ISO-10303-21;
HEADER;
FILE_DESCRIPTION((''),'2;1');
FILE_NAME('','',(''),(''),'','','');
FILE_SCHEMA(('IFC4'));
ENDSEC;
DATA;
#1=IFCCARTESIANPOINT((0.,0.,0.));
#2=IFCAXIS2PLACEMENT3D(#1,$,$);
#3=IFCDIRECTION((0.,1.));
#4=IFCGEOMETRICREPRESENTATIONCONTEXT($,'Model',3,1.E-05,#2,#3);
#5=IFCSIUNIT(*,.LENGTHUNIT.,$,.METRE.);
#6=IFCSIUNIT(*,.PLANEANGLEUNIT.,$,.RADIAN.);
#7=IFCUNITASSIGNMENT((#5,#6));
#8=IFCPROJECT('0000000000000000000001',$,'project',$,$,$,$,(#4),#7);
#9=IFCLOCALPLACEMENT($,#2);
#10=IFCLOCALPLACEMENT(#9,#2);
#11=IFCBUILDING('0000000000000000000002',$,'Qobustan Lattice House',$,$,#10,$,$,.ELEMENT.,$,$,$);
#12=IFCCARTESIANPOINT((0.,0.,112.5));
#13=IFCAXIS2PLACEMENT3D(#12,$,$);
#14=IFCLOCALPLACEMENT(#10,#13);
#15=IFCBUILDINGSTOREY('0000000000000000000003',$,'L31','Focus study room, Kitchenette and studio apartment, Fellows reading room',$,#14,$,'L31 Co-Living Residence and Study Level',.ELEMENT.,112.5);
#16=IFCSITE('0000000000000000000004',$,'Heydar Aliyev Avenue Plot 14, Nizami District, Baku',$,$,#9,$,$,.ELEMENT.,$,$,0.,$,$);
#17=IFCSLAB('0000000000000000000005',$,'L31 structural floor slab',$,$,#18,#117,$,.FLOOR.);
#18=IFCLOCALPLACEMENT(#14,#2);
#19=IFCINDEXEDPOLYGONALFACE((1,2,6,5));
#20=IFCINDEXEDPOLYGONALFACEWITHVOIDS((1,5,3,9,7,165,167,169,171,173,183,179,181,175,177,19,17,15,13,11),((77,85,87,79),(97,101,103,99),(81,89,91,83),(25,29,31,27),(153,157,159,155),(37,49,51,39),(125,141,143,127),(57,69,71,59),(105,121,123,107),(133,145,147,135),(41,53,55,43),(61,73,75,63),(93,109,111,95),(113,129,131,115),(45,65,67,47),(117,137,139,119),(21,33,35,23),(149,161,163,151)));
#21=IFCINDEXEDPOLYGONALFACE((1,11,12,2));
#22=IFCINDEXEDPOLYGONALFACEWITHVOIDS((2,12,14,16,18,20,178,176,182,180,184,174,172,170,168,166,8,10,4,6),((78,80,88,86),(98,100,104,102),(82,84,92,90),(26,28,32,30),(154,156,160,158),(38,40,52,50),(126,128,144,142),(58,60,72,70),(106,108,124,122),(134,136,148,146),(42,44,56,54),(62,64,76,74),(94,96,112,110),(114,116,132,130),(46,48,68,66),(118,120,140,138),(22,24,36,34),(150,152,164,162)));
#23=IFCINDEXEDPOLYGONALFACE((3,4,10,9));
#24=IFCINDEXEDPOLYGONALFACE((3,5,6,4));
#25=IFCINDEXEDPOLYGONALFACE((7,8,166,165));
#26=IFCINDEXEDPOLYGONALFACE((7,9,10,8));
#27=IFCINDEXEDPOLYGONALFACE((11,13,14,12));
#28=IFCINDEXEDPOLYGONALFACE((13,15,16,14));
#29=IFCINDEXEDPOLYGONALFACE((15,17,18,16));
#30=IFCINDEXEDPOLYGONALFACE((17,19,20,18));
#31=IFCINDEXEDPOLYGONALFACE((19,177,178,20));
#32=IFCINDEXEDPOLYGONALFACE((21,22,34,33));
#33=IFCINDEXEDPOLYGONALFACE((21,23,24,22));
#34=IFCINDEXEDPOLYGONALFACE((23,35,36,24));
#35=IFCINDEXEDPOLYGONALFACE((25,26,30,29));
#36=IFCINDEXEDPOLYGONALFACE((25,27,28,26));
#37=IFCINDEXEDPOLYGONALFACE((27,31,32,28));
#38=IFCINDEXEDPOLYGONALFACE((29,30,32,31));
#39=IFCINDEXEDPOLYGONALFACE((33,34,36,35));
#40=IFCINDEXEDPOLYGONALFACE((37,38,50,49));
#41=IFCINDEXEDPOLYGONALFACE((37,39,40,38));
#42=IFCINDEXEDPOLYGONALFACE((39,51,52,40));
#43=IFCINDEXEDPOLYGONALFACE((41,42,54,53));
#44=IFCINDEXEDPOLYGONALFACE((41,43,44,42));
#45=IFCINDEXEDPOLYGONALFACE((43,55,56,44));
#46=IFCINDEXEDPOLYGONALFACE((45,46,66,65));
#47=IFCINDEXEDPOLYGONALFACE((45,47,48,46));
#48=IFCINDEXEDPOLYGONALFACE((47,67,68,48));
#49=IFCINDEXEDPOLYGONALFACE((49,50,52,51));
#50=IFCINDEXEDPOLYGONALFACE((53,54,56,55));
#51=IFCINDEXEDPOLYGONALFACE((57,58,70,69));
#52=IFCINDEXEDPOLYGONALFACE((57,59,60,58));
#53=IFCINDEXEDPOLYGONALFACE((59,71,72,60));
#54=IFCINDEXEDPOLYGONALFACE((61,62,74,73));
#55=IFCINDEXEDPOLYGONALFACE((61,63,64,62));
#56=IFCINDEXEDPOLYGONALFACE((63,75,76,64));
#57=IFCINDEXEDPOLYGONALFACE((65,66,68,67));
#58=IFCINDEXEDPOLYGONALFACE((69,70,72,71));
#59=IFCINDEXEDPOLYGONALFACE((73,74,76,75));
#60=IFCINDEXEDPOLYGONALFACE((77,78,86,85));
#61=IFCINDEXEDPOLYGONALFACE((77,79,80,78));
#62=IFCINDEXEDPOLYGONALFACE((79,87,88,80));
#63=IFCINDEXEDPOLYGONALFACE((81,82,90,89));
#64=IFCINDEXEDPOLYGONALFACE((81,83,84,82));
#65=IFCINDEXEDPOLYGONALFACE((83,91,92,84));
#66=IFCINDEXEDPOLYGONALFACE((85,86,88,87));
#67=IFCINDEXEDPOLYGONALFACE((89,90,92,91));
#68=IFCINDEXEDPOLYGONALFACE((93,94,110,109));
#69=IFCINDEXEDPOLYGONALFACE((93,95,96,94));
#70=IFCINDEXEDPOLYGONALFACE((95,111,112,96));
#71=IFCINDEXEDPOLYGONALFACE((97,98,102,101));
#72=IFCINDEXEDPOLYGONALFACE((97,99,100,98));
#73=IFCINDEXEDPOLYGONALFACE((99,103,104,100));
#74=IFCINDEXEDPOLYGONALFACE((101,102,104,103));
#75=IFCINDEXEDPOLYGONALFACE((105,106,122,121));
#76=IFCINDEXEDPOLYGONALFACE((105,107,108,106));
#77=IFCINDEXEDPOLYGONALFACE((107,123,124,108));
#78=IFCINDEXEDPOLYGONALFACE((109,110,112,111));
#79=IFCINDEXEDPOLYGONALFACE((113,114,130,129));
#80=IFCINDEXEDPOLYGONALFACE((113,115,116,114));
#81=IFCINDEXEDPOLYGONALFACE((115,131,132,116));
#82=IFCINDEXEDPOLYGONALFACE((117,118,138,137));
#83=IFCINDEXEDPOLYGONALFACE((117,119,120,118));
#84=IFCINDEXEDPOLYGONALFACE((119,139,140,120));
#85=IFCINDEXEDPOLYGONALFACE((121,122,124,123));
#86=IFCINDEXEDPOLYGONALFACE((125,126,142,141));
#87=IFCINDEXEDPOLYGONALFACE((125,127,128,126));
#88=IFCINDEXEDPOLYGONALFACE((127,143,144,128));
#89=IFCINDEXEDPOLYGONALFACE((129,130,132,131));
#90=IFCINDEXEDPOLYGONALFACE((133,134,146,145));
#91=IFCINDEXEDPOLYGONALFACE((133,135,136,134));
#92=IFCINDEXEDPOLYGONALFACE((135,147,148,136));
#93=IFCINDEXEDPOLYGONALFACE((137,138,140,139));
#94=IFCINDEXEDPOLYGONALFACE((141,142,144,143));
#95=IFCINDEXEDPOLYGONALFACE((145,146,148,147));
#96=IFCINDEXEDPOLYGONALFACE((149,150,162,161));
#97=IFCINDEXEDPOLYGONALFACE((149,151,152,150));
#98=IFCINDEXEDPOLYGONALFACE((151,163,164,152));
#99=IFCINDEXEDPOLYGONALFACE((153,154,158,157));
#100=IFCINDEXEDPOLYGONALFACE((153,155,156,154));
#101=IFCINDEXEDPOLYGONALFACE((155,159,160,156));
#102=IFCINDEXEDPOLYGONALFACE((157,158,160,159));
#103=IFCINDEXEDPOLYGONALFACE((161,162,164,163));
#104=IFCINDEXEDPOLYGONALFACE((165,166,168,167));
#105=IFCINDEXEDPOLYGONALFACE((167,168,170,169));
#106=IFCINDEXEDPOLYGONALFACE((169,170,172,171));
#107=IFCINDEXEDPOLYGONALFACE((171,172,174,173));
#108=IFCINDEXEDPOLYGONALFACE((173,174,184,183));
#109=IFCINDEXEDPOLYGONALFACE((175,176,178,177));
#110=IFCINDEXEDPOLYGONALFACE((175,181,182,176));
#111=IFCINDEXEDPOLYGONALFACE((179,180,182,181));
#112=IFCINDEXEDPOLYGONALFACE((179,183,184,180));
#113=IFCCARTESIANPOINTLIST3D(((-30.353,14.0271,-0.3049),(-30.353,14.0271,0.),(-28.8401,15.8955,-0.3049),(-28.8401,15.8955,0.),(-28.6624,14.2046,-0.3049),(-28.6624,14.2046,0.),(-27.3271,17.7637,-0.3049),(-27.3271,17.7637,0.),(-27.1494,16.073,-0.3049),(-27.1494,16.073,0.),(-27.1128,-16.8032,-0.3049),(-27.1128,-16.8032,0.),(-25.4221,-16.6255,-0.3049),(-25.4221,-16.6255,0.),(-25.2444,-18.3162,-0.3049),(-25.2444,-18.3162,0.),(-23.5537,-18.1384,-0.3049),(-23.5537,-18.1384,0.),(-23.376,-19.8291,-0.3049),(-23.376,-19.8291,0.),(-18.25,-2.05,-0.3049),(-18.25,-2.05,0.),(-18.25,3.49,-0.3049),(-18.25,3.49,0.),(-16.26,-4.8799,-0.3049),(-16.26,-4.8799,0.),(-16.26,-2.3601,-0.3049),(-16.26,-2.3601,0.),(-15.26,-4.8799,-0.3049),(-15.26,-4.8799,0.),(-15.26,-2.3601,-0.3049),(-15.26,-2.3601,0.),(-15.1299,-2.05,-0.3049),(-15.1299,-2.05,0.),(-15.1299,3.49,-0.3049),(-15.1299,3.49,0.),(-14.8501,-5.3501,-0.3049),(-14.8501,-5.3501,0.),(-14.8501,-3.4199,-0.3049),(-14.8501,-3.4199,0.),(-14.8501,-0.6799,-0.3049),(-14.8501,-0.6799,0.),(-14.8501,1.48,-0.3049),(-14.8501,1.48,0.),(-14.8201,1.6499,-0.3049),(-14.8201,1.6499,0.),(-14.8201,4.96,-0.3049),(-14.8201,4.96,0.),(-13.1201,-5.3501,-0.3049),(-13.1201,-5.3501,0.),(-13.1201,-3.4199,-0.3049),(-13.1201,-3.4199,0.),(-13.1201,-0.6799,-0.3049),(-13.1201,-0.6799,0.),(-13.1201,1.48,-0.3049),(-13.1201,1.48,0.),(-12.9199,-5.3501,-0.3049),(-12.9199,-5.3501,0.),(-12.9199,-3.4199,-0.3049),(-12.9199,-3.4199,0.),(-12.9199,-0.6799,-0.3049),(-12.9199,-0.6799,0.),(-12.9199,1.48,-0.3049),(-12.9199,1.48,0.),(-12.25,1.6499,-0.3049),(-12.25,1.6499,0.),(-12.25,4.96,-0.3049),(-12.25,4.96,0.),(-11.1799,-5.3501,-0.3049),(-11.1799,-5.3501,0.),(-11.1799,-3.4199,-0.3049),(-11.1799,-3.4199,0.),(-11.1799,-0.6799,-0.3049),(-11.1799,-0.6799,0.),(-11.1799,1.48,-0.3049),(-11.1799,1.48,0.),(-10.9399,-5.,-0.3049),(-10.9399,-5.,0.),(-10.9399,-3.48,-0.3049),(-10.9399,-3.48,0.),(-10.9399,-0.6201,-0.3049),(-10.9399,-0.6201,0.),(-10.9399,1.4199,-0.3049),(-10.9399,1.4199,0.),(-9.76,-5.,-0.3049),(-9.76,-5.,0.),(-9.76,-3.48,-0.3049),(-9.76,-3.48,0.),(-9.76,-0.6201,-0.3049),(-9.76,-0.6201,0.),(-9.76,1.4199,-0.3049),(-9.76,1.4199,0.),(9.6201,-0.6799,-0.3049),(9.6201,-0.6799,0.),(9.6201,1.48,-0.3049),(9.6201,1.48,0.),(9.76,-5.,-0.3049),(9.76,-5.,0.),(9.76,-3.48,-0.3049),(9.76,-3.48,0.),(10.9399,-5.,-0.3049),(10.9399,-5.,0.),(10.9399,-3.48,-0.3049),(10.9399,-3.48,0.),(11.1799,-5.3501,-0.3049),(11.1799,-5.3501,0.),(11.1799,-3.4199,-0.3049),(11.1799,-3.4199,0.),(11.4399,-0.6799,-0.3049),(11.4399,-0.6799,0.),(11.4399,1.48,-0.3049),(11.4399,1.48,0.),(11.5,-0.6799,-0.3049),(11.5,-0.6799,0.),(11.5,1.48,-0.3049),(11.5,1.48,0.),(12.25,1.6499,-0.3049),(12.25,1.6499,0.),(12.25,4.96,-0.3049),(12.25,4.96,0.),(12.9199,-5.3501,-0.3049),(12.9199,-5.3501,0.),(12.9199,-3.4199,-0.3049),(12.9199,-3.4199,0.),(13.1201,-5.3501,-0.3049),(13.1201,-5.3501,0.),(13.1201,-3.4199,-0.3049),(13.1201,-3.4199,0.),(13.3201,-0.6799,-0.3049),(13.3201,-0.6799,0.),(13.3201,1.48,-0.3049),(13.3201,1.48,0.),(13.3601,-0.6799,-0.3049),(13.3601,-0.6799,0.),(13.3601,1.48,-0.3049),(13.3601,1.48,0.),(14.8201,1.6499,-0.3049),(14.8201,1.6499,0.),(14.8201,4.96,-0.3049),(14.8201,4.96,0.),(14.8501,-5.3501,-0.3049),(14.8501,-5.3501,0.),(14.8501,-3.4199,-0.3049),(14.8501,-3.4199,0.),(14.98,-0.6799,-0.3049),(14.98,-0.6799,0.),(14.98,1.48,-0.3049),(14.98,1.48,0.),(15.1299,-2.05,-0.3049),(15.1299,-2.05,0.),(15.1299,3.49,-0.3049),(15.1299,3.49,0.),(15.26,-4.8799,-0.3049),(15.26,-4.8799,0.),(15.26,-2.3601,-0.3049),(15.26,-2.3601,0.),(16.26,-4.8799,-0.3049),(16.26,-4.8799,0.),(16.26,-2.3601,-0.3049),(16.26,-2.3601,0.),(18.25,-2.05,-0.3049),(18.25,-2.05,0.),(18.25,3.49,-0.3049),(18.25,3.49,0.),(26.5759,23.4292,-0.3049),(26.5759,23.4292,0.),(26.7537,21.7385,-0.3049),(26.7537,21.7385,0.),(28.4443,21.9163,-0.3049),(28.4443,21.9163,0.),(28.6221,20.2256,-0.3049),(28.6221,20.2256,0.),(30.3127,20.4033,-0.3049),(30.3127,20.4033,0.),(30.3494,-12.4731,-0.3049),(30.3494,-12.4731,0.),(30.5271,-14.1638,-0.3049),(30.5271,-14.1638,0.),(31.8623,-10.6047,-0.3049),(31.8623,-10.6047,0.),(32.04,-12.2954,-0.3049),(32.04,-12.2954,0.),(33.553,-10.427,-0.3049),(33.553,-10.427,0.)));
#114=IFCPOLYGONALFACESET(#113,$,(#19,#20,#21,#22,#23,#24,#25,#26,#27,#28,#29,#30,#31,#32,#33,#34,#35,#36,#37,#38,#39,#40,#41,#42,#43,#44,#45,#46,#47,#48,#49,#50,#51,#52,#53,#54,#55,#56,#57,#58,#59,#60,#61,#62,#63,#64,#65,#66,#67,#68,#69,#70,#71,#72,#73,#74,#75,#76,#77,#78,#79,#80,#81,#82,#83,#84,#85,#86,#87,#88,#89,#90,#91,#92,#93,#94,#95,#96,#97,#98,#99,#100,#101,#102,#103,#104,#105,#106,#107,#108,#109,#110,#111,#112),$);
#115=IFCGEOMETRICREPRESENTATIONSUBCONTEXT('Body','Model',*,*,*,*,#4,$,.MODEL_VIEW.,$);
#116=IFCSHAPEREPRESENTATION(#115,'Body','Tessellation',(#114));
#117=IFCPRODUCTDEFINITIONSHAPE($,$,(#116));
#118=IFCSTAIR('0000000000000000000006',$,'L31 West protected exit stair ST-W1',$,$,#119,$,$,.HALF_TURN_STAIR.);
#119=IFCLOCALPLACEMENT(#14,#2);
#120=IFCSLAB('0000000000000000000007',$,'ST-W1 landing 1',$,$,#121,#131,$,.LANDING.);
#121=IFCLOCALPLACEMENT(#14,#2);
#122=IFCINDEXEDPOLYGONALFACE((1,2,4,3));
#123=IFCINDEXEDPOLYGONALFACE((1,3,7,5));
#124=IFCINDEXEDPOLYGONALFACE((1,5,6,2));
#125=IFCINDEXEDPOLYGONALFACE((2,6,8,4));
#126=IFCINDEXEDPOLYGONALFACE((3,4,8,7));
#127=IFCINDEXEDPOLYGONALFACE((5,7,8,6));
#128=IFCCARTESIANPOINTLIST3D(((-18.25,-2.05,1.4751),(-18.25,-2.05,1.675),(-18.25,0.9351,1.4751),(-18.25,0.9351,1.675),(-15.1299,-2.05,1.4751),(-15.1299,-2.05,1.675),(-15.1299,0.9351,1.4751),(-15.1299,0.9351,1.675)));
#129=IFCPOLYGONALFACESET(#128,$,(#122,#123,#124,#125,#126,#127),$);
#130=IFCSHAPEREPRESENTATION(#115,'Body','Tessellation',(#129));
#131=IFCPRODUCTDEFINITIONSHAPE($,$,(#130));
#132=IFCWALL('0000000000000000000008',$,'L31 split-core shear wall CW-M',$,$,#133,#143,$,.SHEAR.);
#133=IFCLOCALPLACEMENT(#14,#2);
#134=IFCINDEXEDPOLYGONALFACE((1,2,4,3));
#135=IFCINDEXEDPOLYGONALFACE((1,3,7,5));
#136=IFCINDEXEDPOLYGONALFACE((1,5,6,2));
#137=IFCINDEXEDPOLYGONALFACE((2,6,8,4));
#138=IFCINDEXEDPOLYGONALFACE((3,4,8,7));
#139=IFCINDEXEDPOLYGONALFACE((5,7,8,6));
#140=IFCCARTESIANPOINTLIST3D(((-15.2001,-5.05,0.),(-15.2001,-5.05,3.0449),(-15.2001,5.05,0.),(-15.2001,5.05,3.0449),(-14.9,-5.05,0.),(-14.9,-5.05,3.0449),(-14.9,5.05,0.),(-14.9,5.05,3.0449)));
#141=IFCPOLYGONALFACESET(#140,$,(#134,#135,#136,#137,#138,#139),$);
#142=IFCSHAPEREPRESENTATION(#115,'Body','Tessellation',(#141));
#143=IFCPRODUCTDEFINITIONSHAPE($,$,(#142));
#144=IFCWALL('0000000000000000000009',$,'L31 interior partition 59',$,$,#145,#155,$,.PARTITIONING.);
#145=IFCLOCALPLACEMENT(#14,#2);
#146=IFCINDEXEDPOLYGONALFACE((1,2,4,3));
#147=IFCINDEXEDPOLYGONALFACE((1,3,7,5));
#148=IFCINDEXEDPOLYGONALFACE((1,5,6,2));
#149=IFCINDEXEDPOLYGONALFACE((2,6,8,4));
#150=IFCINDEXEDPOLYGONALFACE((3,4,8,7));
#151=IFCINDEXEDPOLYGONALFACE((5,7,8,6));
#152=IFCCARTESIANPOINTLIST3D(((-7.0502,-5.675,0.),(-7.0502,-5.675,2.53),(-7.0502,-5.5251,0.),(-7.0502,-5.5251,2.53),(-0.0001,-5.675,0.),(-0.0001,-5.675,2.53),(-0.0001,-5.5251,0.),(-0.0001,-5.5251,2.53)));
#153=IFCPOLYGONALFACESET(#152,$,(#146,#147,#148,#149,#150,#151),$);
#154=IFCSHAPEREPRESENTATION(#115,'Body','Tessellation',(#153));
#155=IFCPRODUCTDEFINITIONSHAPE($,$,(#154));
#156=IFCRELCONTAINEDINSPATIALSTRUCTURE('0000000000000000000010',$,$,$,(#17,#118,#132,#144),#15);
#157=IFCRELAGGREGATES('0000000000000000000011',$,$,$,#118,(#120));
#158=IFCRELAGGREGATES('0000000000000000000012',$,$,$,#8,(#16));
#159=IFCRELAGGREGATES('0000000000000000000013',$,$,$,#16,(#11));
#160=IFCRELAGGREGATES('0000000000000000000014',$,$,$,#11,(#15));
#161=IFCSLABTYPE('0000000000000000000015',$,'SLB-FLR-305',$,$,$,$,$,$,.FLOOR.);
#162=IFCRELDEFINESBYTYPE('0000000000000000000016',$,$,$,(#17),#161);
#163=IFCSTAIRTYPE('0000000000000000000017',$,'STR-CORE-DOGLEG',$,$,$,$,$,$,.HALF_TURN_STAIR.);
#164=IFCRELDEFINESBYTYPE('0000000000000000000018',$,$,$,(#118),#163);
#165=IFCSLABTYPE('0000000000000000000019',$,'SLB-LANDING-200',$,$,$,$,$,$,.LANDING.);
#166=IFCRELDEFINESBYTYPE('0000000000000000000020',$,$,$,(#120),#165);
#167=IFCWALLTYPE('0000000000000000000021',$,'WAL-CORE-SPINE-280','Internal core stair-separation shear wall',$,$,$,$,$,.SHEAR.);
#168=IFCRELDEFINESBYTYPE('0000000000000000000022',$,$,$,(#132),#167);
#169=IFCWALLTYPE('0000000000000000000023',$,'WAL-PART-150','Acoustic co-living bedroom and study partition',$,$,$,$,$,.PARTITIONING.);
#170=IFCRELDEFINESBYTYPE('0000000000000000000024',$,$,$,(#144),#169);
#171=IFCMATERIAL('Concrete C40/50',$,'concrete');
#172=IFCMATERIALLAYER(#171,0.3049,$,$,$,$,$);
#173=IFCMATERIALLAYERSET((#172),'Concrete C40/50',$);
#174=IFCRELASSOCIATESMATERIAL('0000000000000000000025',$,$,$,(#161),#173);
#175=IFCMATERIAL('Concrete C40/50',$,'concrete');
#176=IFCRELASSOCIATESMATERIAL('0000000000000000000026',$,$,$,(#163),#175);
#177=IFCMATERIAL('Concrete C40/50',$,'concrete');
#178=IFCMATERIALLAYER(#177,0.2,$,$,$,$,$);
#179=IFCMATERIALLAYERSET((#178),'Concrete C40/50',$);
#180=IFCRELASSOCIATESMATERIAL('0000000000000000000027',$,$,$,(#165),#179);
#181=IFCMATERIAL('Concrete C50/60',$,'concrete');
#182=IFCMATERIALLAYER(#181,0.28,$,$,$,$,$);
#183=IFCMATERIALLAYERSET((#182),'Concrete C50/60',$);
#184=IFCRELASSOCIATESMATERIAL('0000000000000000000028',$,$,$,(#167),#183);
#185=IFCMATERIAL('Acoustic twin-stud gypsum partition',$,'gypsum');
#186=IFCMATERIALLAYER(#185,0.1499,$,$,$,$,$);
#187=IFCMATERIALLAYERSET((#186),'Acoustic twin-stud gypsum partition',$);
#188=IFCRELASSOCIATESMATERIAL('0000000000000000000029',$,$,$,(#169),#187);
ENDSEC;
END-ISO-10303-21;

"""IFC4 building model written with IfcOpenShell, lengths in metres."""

from ifc_helpers import new_model, si_unit, direction, frame, frame_2d, origin, place, context, subcontext, project, spatial, polyline, rectangle, outline, extrude, material, layer, layer_set, type_object, element, aggregate, save


model = new_model("IFC4")

# Units and contexts
model_context = context("Model", 3, precision=1e-05, world=origin(), true_north=direction((0.0, 1.0)))
body_context = subcontext(model_context, "Body", "Model", "MODEL_VIEW")
ifc_project = project(units=[si_unit("LENGTHUNIT", "METRE"), si_unit("PLANEANGLEUNIT", "RADIAN")], contexts=[model_context])

# Site, building, storey
site_placement = place(None, origin())
site = spatial("IfcSite", under=ifc_project, at=site_placement, Name="Heydar Aliyev Avenue Plot 14, Nizami District, Baku", CompositionType="ELEMENT", RefElevation=0.0)
building_placement = place(site_placement, origin())
building = spatial("IfcBuilding", under=site, at=building_placement, Name="Qobustan Lattice House", CompositionType="ELEMENT")
storey_placement = place(building_placement, frame((0.0, 0.0, 112.5)))
storey = spatial("IfcBuildingStorey", under=building, at=storey_placement, Name="L31", Description="Focus study room, Kitchenette and studio apartment, Fellows reading room", LongName="L31 Co-Living Residence and Study Level", CompositionType="ELEMENT", Elevation=112.5)

# Slab
ifc_material_1 = material(Name="Concrete C40/50", Category="concrete")
ifc_layer_1 = layer(ifc_material_1, 0.3049)
ifc_layer_set_1 = layer_set([ifc_layer_1], Name="Concrete C40/50")
slab_type_1 = type_object("IfcSlabType", Name="SLB-FLR-305", PredefinedType="FLOOR", material=ifc_layer_set_1)
slab_1_placement = place(storey_placement, frame((0.0, 0.0, -0.3049)))
element("IfcSlab", 1, at=slab_1_placement, inside=storey, type_object=slab_type_1, Name="L31 structural floor slab", PredefinedType="FLOOR", context=body_context, shape_type="SweptSolid", body=[
    extrude(outline(polyline([(-23.376, -19.8291), (30.5271, -14.1638), (30.3494, -12.4731), (32.04, -12.2954), (31.8623, -10.6047), (33.553, -10.427), (30.3127, 20.4033), (28.6221, 20.2256), (28.4443, 21.9163), (26.7537, 21.7385), (26.5759, 23.4292), (-27.3271, 17.7637), (-27.1494, 16.073), (-28.8401, 15.8955), (-28.6624, 14.2046), (-30.353, 14.0271), (-27.1128, -16.8032), (-25.4221, -16.6255), (-25.2444, -18.3162), (-23.5537, -18.1384), (-23.376, -19.8291)]), holes=[polyline([(-18.25, -2.05), (-18.25, 3.49), (-15.1299, 3.49), (-15.1299, -2.05), (-18.25, -2.05)]), polyline([(15.1299, -2.05), (15.1299, 3.49), (18.25, 3.49), (18.25, -2.05), (15.1299, -2.05)]), polyline([(-14.8201, 1.6499), (-14.8201, 4.96), (-12.25, 4.96), (-12.25, 1.6499), (-14.8201, 1.6499)]), polyline([(12.25, 1.6499), (12.25, 4.96), (14.8201, 4.96), (14.8201, 1.6499), (12.25, 1.6499)]), polyline([(-16.26, -4.8799), (-16.26, -2.3601), (-15.26, -2.3601), (-15.26, -4.8799), (-16.26, -4.8799)]), polyline([(15.26, -4.8799), (15.26, -2.3601), (16.26, -2.3601), (16.26, -4.8799), (15.26, -4.8799)]), polyline([(-14.8501, -5.3501), (-14.8501, -3.4199), (-13.1201, -3.4199), (-13.1201, -5.3501), (-14.8501, -5.3501)]), polyline([(-12.9199, -5.3501), (-12.9199, -3.4199), (-11.1799, -3.4199), (-11.1799, -5.3501), (-12.9199, -5.3501)]), polyline([(-14.8501, -0.6799), (-14.8501, 1.48), (-13.1201, 1.48), (-13.1201, -0.6799), (-14.8501, -0.6799)]), polyline([(-12.9199, -0.6799), (-12.9199, 1.48), (-11.1799, 1.48), (-11.1799, -0.6799), (-12.9199, -0.6799)]), polyline([(-10.9399, -5.0), (-10.9399, -3.48), (-9.76, -3.48), (-9.76, -5.0), (-10.9399, -5.0)]), polyline([(-10.9399, -0.6201), (-10.9399, 1.4199), (-9.76, 1.4199), (-9.76, -0.6201), (-10.9399, -0.6201)]), polyline([(11.1799, -5.3501), (11.1799, -3.4199), (12.9199, -3.4199), (12.9199, -5.3501), (11.1799, -5.3501)]), polyline([(13.1201, -5.3501), (13.1201, -3.4199), (14.8501, -3.4199), (14.8501, -5.3501), (13.1201, -5.3501)]), polyline([(9.76, -5.0), (9.76, -3.48), (10.9399, -3.48), (10.9399, -5.0), (9.76, -5.0)]), polyline([(13.3601, -0.6799), (13.3601, 1.48), (14.98, 1.48), (14.98, -0.6799), (13.3601, -0.6799)]), polyline([(9.6201, -0.6799), (9.6201, 1.48), (11.4399, 1.48), (11.4399, -0.6799), (9.6201, -0.6799)]), polyline([(11.5, -0.6799), (11.5, 1.48), (13.3201, 1.48), (13.3201, -0.6799), (11.5, -0.6799)])]), origin(), (0.0, 0.0, 1.0), 0.3049),
])

# Stair, slab
ifc_material_2 = material(Name="Concrete C40/50", Category="concrete")
stair_type = type_object("IfcStairType", Name="STR-CORE-DOGLEG", PredefinedType="HALF_TURN_STAIR", material=ifc_material_2)
stair_placement = place(storey_placement, origin())
stair = element("IfcStair", 2, at=stair_placement, inside=storey, type_object=stair_type, Name="L31 West protected exit stair ST-W1", PredefinedType="HALF_TURN_STAIR")
ifc_material_3 = material(Name="Concrete C40/50", Category="concrete")
ifc_layer_2 = layer(ifc_material_3, 0.2)
ifc_layer_set_2 = layer_set([ifc_layer_2], Name="Concrete C40/50")
slab_type_2 = type_object("IfcSlabType", Name="SLB-LANDING-200", PredefinedType="LANDING", material=ifc_layer_set_2)
slab_2_placement = place(storey_placement, frame((0.0, 0.0, 1.4751)))
slab_2 = element("IfcSlab", 3, at=slab_2_placement, type_object=slab_type_2, Name="ST-W1 landing 1", PredefinedType="LANDING", context=body_context, shape_type="SweptSolid", body=[
    extrude(outline(polyline([(-18.25, 0.9351), (-18.25, -2.05), (-15.1299, -2.05), (-15.1299, 0.9351), (-18.25, 0.9351)])), origin(), (0.0, 0.0, 1.0), 0.2),
])
aggregate(stair, [slab_2])

# Walls
ifc_material_4 = material(Name="Concrete C50/60", Category="concrete")
ifc_layer_3 = layer(ifc_material_4, 0.28)
ifc_layer_set_3 = layer_set([ifc_layer_3], Name="Concrete C50/60")
wall_type_1 = type_object("IfcWallType", Name="WAL-CORE-SPINE-280", Description="Internal core stair-separation shear wall", PredefinedType="SHEAR", material=ifc_layer_set_3)
wall_1_placement = place(storey_placement, frame((-15.05, -5.05, 0.0), z_axis=(0.0, 0.0, 1.0), x_axis=(0.0, 1.0, 0.0)))
element("IfcWall", 4, at=wall_1_placement, inside=storey, type_object=wall_type_1, Name="L31 split-core shear wall CW-M", PredefinedType="SHEAR", context=body_context, shape_type="SweptSolid", body=[
    extrude(rectangle(XDim=10.1001, YDim=0.3, at=frame_2d((5.05, 0.0))), origin(), (0.0, 0.0, 1.0), 3.0449),
])
ifc_material_5 = material(Name="Acoustic twin-stud gypsum partition", Category="gypsum")
ifc_layer_4 = layer(ifc_material_5, 0.1499)
ifc_layer_set_4 = layer_set([ifc_layer_4], Name="Acoustic twin-stud gypsum partition")
wall_type_2 = type_object("IfcWallType", Name="WAL-PART-150", Description="Acoustic co-living bedroom and study partition", PredefinedType="PARTITIONING", material=ifc_layer_set_4)
wall_2_placement = place(storey_placement, frame((-7.05, -5.6001, 0.0), z_axis=(0.0, 0.0, 1.0), x_axis=(1.0, 0.0, 0.0)))
element("IfcWall", 5, at=wall_2_placement, inside=storey, type_object=wall_type_2, Name="L31 interior partition 59", PredefinedType="PARTITIONING", context=body_context, shape_type="SweptSolid", body=[
    extrude(rectangle(XDim=7.05, YDim=0.1499, at=frame_2d((3.5249, 0.0))), origin(), (0.0, 0.0, 1.0), 2.53),
])

save(model, "model.ifc")
